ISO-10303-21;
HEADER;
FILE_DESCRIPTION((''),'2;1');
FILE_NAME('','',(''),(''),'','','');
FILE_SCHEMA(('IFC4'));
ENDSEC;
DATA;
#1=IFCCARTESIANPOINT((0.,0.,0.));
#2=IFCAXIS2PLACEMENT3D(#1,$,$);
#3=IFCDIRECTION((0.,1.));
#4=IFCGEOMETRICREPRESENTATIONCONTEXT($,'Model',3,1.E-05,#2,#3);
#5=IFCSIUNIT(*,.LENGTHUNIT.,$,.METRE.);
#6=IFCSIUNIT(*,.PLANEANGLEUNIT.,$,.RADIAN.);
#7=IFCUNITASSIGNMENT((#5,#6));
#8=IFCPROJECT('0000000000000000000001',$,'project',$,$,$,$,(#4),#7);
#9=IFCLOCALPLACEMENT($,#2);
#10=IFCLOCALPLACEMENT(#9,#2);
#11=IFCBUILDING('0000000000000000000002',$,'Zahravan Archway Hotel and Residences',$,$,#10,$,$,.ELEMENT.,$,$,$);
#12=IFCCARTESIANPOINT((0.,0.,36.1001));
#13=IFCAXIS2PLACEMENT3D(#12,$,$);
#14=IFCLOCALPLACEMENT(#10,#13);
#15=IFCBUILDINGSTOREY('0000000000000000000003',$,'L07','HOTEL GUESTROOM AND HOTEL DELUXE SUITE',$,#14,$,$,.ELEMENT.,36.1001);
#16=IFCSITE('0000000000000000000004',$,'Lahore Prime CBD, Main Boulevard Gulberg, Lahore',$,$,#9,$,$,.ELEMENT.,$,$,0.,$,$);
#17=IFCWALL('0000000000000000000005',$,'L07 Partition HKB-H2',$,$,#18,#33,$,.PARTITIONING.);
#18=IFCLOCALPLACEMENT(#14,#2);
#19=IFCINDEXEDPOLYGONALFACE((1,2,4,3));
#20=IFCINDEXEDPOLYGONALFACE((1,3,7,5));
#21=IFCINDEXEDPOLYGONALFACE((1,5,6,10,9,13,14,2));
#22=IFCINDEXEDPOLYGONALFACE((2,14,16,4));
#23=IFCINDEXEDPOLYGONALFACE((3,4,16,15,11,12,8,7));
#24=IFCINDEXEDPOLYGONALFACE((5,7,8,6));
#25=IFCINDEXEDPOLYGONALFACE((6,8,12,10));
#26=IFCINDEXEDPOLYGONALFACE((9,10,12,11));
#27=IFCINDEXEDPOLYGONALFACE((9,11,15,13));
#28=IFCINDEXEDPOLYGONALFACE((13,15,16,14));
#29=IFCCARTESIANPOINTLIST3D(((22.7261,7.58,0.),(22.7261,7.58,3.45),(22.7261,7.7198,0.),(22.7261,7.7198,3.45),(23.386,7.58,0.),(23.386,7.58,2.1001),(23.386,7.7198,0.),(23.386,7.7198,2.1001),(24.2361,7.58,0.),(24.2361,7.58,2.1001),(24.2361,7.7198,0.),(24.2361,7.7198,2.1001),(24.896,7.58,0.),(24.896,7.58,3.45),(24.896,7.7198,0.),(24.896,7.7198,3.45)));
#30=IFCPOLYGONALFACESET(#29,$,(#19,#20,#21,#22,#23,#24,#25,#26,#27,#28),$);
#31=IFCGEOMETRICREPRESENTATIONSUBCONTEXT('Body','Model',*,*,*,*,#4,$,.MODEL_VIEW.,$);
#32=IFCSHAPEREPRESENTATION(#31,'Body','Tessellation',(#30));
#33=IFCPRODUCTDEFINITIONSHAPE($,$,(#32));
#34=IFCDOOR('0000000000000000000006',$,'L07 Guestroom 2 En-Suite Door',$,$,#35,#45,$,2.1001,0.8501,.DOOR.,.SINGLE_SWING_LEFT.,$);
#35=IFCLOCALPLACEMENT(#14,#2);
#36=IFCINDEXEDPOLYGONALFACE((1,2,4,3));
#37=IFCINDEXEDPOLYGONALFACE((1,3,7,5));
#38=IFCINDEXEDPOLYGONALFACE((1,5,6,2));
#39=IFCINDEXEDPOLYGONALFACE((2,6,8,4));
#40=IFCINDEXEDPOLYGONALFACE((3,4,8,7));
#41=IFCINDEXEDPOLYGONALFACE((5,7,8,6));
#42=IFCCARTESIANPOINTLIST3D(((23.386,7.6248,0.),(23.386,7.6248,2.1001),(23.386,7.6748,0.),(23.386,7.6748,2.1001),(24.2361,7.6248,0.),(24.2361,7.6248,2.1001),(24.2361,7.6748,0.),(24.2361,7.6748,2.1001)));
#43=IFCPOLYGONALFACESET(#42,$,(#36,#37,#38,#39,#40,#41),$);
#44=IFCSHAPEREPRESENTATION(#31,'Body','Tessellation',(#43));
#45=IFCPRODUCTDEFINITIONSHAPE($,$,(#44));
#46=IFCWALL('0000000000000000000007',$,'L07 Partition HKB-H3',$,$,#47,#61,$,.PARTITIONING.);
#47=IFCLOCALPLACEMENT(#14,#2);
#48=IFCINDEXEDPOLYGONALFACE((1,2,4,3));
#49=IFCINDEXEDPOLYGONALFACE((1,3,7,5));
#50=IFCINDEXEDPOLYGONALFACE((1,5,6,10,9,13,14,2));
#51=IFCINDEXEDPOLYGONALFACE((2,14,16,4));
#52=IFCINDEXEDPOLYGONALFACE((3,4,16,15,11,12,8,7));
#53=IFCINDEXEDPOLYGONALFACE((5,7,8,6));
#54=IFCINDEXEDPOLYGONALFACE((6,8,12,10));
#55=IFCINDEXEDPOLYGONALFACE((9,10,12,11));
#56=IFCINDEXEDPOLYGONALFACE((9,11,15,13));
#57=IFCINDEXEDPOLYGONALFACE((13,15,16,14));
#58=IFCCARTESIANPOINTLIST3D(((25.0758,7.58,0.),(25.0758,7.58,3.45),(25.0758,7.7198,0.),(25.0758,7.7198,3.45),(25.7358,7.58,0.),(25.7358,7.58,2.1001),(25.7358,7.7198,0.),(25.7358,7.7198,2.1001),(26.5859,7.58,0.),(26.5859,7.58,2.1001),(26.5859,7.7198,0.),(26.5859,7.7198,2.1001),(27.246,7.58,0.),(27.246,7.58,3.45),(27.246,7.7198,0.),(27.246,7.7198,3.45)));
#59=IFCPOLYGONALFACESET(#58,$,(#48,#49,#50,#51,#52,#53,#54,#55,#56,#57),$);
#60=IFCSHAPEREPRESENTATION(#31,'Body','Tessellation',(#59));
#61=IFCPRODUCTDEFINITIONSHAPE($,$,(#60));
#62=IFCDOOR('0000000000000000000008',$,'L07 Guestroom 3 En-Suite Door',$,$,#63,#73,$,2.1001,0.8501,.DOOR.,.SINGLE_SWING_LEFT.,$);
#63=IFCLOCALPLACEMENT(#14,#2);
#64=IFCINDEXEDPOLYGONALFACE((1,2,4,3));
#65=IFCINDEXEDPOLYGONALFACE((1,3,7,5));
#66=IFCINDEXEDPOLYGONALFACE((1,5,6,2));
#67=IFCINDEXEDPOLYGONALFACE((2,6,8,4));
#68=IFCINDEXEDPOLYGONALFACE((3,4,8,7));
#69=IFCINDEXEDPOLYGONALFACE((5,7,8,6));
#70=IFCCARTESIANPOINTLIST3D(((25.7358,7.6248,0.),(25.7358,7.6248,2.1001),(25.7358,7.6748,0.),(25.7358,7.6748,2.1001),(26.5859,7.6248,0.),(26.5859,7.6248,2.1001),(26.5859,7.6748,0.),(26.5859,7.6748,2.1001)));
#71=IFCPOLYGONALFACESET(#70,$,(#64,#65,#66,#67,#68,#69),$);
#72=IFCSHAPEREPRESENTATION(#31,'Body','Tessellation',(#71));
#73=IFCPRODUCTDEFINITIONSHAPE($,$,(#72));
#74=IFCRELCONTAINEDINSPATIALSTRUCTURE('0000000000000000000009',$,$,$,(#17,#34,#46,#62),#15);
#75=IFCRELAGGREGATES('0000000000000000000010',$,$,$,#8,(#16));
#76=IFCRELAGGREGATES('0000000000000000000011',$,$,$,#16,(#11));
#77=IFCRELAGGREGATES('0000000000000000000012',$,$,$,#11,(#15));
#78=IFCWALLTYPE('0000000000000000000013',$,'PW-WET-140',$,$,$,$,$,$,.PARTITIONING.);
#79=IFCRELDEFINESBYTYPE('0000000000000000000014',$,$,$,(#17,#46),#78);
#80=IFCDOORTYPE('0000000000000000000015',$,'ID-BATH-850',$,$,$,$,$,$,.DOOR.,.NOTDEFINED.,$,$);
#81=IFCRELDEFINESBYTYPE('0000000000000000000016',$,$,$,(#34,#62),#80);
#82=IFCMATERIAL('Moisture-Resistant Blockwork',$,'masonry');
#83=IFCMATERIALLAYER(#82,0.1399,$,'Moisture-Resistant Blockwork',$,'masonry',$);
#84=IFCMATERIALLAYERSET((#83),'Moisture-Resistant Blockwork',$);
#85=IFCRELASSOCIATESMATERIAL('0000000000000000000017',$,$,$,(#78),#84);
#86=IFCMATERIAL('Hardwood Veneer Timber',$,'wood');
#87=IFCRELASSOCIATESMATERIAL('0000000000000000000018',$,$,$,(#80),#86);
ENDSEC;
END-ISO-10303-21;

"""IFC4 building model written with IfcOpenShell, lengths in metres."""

from ifc_helpers import new_model, si_unit, direction, frame, frame_2d, origin, place, context, subcontext, project, spatial, rectangle, extrude, source, transform, mapped, material, layer, layer_set, type_object, type_shapes, element, fill, save


model = new_model("IFC4")

# Units and contexts
model_context = context("Model", 3, precision=1e-05, world=origin(), true_north=direction((0.0, 1.0)))
body_context = subcontext(model_context, "Body", "Model", "MODEL_VIEW")
ifc_project = project(units=[si_unit("LENGTHUNIT", "METRE"), si_unit("PLANEANGLEUNIT", "RADIAN")], contexts=[model_context])

# Site, building, storey
site_placement = place(None, origin())
site = spatial("IfcSite", under=ifc_project, at=site_placement, Name="Lahore Prime CBD, Main Boulevard Gulberg, Lahore", CompositionType="ELEMENT", RefElevation=0.0)
building_placement = place(site_placement, origin())
building = spatial("IfcBuilding", under=site, at=building_placement, Name="Zahravan Archway Hotel and Residences", CompositionType="ELEMENT")
storey_placement = place(building_placement, frame((0.0, 0.0, 36.1001)))
storey = spatial("IfcBuildingStorey", under=building, at=storey_placement, Name="L07", Description="HOTEL GUESTROOM AND HOTEL DELUXE SUITE", CompositionType="ELEMENT", Elevation=36.1001)

# Shared definitions
ifc_material_1 = material(Name="Moisture-Resistant Blockwork", Category="masonry")
ifc_layer_1 = layer(ifc_material_1, 0.1399, Name="Moisture-Resistant Blockwork", Category="masonry")
ifc_layer_set_1 = layer_set([ifc_layer_1], Name="Moisture-Resistant Blockwork")
wall_type_1 = type_object("IfcWallType", Name="PW-WET-140", PredefinedType="PARTITIONING", material=ifc_layer_set_1)

# Walls, openings, doors
wall_1_placement = place(storey_placement, frame((22.7261, 7.6499, 0.0), z_axis=(0.0, 0.0, 1.0), x_axis=(1.0, 0.0, 0.0)))
wall_1 = element("IfcWall", 1, at=wall_1_placement, inside=storey, type_object=wall_type_1, Name="L07 Partition HKB-H2", PredefinedType="PARTITIONING", context=body_context, shape_type="SweptSolid", body=[
    extrude(rectangle(XDim=2.1699, YDim=0.1399, at=frame_2d((1.085, 0.0))), origin(), (0.0, 0.0, 1.0), 3.45),
])
opening_1_placement = place(wall_1_placement, frame((0.6599, 0.0, 0.0)))
opening_1 = element("IfcOpeningElement", 2, at=opening_1_placement, cuts=wall_1, PredefinedType="OPENING", context=body_context, shape_type="SweptSolid", body=[
    extrude(rectangle(XDim=0.8501, YDim=2.1001, at=frame_2d((0.425, 1.05))), frame((0.0, 0.0801, 0.0), z_axis=(0.0, -1.0, 0.0), x_axis=(1.0, 0.0, 0.0)), (0.0, 0.0, 1.0), 0.1599),
])
ifc_material_2 = material(Name="Hardwood Veneer Timber", Category="wood")
door_type = type_object("IfcDoorType", Name="ID-BATH-850", OperationType="NOTDEFINED", PredefinedType="DOOR", material=ifc_material_2)
shared_shape_1 = source(origin(), body_context, "Body", "SweptSolid", [
    extrude(rectangle(XDim=0.8501, YDim=2.1001, at=frame_2d((0.425, 1.05))), frame((0.0, 0.0249, 0.0), z_axis=(0.0, -1.0, 0.0), x_axis=(1.0, 0.0, 0.0)), (0.0, 0.0, 1.0), 0.05),
])
type_shapes(door_type, [shared_shape_1])
door_1_placement = place(opening_1_placement, origin())
door_1 = element("IfcDoor", 3, at=door_1_placement, inside=storey, type_object=door_type, Name="L07 Guestroom 2 En-Suite Door", OperationType="SINGLE_SWING_LEFT", OverallHeight=2.1001, OverallWidth=0.8501, PredefinedType="DOOR", context=body_context, shape_type="MappedRepresentation", body=[
    mapped(shared_shape_1, transform((0.0, 0.0, 0.0), scale=1.0)),
])
fill(opening_1, door_1)
wall_2_placement = place(storey_placement, frame((25.0759, 7.6499, 0.0), z_axis=(0.0, 0.0, 1.0), x_axis=(1.0, 0.0, 0.0)))
wall_2 = element("IfcWall", 4, at=wall_2_placement, inside=storey, type_object=wall_type_1, Name="L07 Partition HKB-H3", PredefinedType="PARTITIONING", context=body_context, shape_type="SweptSolid", body=[
    extrude(rectangle(XDim=2.1702, YDim=0.1399, at=frame_2d((1.085, 0.0))), origin(), (0.0, 0.0, 1.0), 3.45),
])
opening_2_placement = place(wall_2_placement, frame((0.6599, 0.0, 0.0)))
opening_2 = element("IfcOpeningElement", 5, at=opening_2_placement, cuts=wall_2, PredefinedType="OPENING", context=body_context, shape_type="SweptSolid", body=[
    extrude(rectangle(XDim=0.8501, YDim=2.1001, at=frame_2d((0.425, 1.05))), frame((0.0, 0.0801, 0.0), z_axis=(0.0, -1.0, 0.0), x_axis=(1.0, 0.0, 0.0)), (0.0, 0.0, 1.0), 0.1599),
])
door_2_placement = place(opening_2_placement, origin())
door_2 = element("IfcDoor", 6, at=door_2_placement, inside=storey, type_object=door_type, Name="L07 Guestroom 3 En-Suite Door", OperationType="SINGLE_SWING_LEFT", OverallHeight=2.1001, OverallWidth=0.8501, PredefinedType="DOOR", context=body_context, shape_type="MappedRepresentation", body=[
    mapped(shared_shape_1, transform((0.0, 0.0, 0.0), scale=1.0)),
])
fill(opening_2, door_2)

save(model, "model.ifc")
